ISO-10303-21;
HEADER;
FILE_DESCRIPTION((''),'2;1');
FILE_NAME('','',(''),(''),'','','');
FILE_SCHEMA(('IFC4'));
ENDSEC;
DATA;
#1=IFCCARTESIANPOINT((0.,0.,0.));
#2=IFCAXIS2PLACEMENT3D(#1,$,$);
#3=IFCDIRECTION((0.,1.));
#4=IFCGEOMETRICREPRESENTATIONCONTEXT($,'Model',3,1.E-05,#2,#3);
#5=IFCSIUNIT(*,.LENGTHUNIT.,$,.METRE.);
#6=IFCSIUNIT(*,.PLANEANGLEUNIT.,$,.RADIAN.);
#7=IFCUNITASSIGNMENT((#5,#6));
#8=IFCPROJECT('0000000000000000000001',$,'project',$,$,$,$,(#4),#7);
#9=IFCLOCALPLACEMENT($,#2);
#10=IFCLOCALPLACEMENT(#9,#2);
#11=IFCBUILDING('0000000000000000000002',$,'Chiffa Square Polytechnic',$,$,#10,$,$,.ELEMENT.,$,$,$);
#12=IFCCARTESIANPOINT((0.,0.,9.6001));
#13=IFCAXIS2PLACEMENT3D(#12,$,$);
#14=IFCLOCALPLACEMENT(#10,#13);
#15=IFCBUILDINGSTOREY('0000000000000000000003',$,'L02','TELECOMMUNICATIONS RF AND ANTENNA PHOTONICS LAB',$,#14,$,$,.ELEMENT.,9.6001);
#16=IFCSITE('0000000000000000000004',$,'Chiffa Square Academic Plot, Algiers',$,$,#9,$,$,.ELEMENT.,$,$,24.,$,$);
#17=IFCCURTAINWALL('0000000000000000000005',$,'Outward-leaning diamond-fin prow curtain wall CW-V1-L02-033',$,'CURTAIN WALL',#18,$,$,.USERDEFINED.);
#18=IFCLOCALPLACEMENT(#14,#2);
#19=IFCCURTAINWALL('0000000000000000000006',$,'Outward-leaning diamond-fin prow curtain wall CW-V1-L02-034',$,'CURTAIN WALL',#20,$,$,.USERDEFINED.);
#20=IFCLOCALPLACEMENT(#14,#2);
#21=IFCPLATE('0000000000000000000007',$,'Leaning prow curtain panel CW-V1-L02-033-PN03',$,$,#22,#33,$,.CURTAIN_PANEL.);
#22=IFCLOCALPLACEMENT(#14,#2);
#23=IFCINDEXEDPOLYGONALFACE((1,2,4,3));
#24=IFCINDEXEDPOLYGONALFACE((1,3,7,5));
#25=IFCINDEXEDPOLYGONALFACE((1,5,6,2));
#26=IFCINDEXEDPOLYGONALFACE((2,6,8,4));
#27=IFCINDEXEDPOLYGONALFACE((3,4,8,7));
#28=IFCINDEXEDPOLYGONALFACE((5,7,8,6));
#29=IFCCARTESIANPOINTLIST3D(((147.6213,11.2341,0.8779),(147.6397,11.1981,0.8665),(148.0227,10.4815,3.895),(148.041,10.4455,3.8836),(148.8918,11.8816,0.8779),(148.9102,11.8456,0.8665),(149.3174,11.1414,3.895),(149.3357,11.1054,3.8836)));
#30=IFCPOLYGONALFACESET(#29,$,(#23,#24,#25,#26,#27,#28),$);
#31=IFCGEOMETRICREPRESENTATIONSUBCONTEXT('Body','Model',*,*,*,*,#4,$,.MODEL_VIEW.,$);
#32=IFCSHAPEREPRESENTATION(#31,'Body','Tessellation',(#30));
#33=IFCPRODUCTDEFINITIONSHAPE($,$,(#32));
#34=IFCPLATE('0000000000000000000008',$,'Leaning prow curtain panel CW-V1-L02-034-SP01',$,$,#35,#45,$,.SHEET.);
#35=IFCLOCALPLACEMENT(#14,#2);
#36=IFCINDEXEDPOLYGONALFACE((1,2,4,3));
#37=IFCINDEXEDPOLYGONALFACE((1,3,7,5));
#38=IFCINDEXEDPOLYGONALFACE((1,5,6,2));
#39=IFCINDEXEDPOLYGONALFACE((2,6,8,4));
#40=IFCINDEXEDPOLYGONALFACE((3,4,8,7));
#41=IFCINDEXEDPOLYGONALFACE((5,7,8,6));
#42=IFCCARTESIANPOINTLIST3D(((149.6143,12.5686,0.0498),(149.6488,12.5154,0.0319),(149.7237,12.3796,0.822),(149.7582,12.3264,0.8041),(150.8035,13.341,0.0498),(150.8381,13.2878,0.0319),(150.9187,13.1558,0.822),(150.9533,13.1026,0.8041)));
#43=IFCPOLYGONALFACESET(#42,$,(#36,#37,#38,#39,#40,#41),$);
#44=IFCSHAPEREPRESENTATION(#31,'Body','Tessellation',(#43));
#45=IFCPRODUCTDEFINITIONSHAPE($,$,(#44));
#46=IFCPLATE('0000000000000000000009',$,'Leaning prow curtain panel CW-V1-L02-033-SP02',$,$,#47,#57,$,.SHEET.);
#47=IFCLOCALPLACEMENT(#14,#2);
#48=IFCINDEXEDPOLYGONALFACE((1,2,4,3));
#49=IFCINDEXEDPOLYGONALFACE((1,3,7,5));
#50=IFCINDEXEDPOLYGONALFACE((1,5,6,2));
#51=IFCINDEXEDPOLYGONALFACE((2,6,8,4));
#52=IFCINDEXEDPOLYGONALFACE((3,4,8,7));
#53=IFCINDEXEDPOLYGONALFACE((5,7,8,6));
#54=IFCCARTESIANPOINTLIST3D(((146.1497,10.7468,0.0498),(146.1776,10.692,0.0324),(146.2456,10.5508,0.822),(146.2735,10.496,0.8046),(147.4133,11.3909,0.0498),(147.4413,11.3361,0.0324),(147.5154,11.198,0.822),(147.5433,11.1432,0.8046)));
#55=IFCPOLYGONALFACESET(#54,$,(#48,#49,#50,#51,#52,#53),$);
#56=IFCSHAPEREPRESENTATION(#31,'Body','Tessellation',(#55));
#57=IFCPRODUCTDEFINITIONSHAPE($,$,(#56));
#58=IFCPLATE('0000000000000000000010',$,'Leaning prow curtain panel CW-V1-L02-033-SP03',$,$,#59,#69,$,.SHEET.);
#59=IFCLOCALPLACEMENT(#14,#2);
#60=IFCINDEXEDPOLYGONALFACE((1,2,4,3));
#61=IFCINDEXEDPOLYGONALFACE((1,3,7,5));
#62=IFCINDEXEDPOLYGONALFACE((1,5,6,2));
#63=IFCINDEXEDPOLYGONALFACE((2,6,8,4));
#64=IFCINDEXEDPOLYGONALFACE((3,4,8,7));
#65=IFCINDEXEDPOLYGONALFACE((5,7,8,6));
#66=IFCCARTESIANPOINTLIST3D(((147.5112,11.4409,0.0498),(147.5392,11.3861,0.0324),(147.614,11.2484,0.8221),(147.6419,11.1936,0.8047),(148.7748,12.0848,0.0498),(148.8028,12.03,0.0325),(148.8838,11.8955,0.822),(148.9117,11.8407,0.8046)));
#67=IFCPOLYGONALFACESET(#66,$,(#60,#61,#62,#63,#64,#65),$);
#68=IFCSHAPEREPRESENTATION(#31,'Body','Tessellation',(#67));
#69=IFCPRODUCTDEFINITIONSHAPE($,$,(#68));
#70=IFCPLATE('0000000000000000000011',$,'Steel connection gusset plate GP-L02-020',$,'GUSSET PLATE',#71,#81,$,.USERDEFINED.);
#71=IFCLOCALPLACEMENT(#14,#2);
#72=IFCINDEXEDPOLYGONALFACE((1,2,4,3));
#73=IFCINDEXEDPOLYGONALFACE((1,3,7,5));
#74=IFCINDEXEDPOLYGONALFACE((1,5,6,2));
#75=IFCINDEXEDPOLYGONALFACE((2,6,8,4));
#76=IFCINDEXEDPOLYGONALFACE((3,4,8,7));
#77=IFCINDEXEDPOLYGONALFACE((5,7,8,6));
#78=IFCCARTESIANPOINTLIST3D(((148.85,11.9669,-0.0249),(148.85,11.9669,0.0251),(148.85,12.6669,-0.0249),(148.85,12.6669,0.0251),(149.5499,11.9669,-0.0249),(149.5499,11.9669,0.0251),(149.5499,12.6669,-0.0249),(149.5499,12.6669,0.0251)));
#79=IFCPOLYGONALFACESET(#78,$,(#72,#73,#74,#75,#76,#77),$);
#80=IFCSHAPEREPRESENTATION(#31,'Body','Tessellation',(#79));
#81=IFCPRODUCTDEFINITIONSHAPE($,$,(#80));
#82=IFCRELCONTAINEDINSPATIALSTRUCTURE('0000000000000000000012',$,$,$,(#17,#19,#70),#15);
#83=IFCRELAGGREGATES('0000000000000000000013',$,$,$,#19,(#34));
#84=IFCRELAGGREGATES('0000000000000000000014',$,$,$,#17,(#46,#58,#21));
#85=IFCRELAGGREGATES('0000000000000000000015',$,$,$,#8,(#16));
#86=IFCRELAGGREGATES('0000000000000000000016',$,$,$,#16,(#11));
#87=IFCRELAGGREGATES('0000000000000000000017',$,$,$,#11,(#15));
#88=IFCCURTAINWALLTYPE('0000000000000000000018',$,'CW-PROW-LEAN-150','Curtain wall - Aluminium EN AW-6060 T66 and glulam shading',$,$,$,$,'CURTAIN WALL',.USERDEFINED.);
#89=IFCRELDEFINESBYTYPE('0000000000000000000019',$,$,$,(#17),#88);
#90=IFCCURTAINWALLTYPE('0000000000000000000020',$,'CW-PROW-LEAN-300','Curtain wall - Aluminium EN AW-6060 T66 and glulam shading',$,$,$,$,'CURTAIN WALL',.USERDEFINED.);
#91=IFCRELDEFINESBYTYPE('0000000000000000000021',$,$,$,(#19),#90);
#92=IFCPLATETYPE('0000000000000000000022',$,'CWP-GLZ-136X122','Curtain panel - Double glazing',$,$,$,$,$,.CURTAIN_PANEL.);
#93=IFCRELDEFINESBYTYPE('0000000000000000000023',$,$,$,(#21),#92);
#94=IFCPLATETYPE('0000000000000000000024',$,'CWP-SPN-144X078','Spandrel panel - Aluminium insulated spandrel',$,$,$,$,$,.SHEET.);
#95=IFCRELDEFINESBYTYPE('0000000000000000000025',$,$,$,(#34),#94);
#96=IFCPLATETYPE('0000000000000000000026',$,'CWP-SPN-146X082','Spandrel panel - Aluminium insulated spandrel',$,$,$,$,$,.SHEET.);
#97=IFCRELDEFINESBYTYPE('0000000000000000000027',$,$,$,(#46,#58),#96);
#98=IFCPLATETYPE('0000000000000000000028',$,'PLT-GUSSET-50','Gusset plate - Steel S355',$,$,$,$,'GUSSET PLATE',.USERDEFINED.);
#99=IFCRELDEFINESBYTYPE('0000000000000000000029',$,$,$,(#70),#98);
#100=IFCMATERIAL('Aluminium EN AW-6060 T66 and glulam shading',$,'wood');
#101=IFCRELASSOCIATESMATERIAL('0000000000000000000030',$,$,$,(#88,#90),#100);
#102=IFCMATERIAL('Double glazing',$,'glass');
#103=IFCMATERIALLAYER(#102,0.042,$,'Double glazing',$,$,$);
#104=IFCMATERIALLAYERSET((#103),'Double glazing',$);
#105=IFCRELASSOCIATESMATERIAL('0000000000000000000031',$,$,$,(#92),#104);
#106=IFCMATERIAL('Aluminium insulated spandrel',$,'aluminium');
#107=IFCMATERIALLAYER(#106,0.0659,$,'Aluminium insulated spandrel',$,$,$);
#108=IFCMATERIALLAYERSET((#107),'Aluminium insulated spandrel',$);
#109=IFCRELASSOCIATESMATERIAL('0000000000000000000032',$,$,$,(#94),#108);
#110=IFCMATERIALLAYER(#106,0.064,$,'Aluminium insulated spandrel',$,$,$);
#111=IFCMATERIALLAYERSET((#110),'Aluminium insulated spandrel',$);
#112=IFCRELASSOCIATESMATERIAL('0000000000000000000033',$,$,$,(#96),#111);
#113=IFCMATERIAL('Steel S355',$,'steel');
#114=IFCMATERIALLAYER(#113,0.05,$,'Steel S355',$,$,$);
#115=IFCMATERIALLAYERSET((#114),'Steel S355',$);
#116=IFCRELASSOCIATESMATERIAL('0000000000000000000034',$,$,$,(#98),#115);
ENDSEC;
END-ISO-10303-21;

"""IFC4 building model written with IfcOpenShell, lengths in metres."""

from ifc_helpers import new_model, si_unit, direction, frame, origin, origin_2d, place, context, subcontext, project, spatial, polyline, rectangle, outline, extrude, material, layer, layer_set, type_object, element, aggregate, save


model = new_model("IFC4")

# Units and contexts
model_context = context("Model", 3, precision=1e-05, world=origin(), true_north=direction((0.0, 1.0)))
body_context = subcontext(model_context, "Body", "Model", "MODEL_VIEW")
ifc_project = project(units=[si_unit("LENGTHUNIT", "METRE"), si_unit("PLANEANGLEUNIT", "RADIAN")], contexts=[model_context])

# Site, building, storey
site_placement = place(None, origin())
site = spatial("IfcSite", under=ifc_project, at=site_placement, Name="Chiffa Square Academic Plot, Algiers", CompositionType="ELEMENT", RefElevation=24.0)
building_placement = place(site_placement, origin())
building = spatial("IfcBuilding", under=site, at=building_placement, Name="Chiffa Square Polytechnic", CompositionType="ELEMENT")
storey_placement = place(building_placement, frame((0.0, 0.0, 9.6001)))
storey = spatial("IfcBuildingStorey", under=building, at=storey_placement, Name="L02", Description="TELECOMMUNICATIONS RF AND ANTENNA PHOTONICS LAB", CompositionType="ELEMENT", Elevation=9.6001)

# Curtain wall
ifc_material_1 = material(Name="Aluminium EN AW-6060 T66 and glulam shading", Category="wood")
curtain_wall_type_1 = type_object("IfcCurtainWallType", Name="CW-PROW-LEAN-150", Description="Curtain wall - Aluminium EN AW-6060 T66 and glulam shading", ElementType="CURTAIN WALL", PredefinedType="USERDEFINED", material=ifc_material_1)
curtain_wall_1_placement = place(storey_placement, origin())
curtain_wall_1 = element("IfcCurtainWall", 1, at=curtain_wall_1_placement, inside=storey, type_object=curtain_wall_type_1, Name="Outward-leaning diamond-fin prow curtain wall CW-V1-L02-033", ObjectType="CURTAIN WALL", PredefinedType="USERDEFINED")

# Curtain wall
curtain_wall_type_2 = type_object("IfcCurtainWallType", Name="CW-PROW-LEAN-300", Description="Curtain wall - Aluminium EN AW-6060 T66 and glulam shading", ElementType="CURTAIN WALL", PredefinedType="USERDEFINED", material=ifc_material_1)
curtain_wall_2_placement = place(storey_placement, origin())
curtain_wall_2 = element("IfcCurtainWall", 2, at=curtain_wall_2_placement, inside=storey, type_object=curtain_wall_type_2, Name="Outward-leaning diamond-fin prow curtain wall CW-V1-L02-034", ObjectType="CURTAIN WALL", PredefinedType="USERDEFINED")

# Shared definitions
ifc_material_2 = material(Name="Steel S355", Category="steel")

# Plates
ifc_material_3 = material(Name="Double glazing", Category="glass")
ifc_layer_1 = layer(ifc_material_3, 0.042, Name="Double glazing")
ifc_layer_set_1 = layer_set([ifc_layer_1], Name="Double glazing")
plate_type_1 = type_object("IfcPlateType", Name="CWP-GLZ-136X122", Description="Curtain panel - Double glazing", PredefinedType="CURTAIN_PANEL", material=ifc_layer_set_1)
plate_1_placement = place(storey_placement, frame((147.6213, 11.2341, 0.8779), z_axis=(-0.436965, 0.857366, 0.272002), x_axis=(0.890959, 0.454083, 0.000011)))
plate_1 = element("IfcPlate", 3, at=plate_1_placement, type_object=plate_type_1, Name="Leaning prow curtain panel CW-V1-L02-033-PN03", PredefinedType="CURTAIN_PANEL", context=body_context, shape_type="SweptSolid", body=[
    extrude(outline(polyline([(0.0, 0.0), (1.426, 0.0), (1.469, -3.1353), (0.0159, -3.1353), (0.0, 0.0)])), origin(), (0.0, 0.0, -1.0), 0.042),
])
ifc_material_4 = material(Name="Aluminium insulated spandrel", Category="aluminium")
ifc_layer_2 = layer(ifc_material_4, 0.0659, Name="Aluminium insulated spandrel")
ifc_layer_set_2 = layer_set([ifc_layer_2], Name="Aluminium insulated spandrel")
plate_type_2 = type_object("IfcPlateType", Name="CWP-SPN-144X078", Description="Spandrel panel - Aluminium insulated spandrel", PredefinedType="SHEET", material=ifc_layer_set_2)
plate_2_placement = place(storey_placement, frame((149.6143, 12.5686, 0.0498), z_axis=(-0.524185, 0.807062, 0.271811), x_axis=(0.838634, 0.544695, -0.000011)))
plate_2 = element("IfcPlate", 4, at=plate_2_placement, type_object=plate_type_2, Name="Leaning prow curtain panel CW-V1-L02-034-SP01", PredefinedType="SHEET", context=body_context, shape_type="SweptSolid", body=[
    extrude(outline(polyline([(0.0, 0.0), (1.4181, 0.0), (1.4138, -0.8024), (-0.0112, -0.8024), (0.0, 0.0)])), origin(), (0.0, 0.0, -1.0), 0.0659),
])
aggregate(curtain_wall_2, [plate_2])
ifc_layer_3 = layer(ifc_material_4, 0.064, Name="Aluminium insulated spandrel")
ifc_layer_set_3 = layer_set([ifc_layer_3], Name="Aluminium insulated spandrel")
plate_type_3 = type_object("IfcPlateType", Name="CWP-SPN-146X082", Description="Spandrel panel - Aluminium insulated spandrel", PredefinedType="SHEET", material=ifc_layer_set_3)
plate_3_placement = place(storey_placement, frame((146.1497, 10.7468, 0.0498), z_axis=(-0.436992, 0.857377, 0.271926), x_axis=(0.89095, 0.454102, 0.000005)))
plate_3 = element("IfcPlate", 5, at=plate_3_placement, type_object=plate_type_3, Name="Leaning prow curtain panel CW-V1-L02-033-SP02", PredefinedType="SHEET", context=body_context, shape_type="SweptSolid", body=[
    extrude(outline(polyline([(0.0, 0.0), (1.4183, 0.0), (1.4217, -0.8024), (-0.0035, -0.8025), (0.0, 0.0)])), origin(), (0.0, 0.0, -1.0), 0.064),
])
plate_4_placement = place(storey_placement, frame((147.5112, 11.4409, 0.0498), z_axis=(-0.436934, 0.857425, 0.271867), x_axis=(0.890987, 0.454029, 0.000025)))
plate_4 = element("IfcPlate", 6, at=plate_4_placement, type_object=plate_type_3, Name="Leaning prow curtain panel CW-V1-L02-033-SP03", PredefinedType="SHEET", context=body_context, shape_type="SweptSolid", body=[
    extrude(outline(polyline([(0.0, 0.0), (1.4182, 0.0), (1.4293, -0.8024), (0.0041, -0.8025), (0.0, 0.0)])), origin(), (0.0, 0.0, -1.0), 0.064),
])
aggregate(curtain_wall_1, [plate_3, plate_4, plate_1])
ifc_layer_4 = layer(ifc_material_2, 0.05, Name="Steel S355")
ifc_layer_set_4 = layer_set([ifc_layer_4], Name="Steel S355")
plate_type_4 = type_object("IfcPlateType", Name="PLT-GUSSET-50", Description="Gusset plate - Steel S355", ElementType="GUSSET PLATE", PredefinedType="USERDEFINED", material=ifc_layer_set_4)
plate_5_placement = place(storey_placement, frame((149.2, 12.3169, -0.0249), z_axis=(0.0, 0.0, 1.0), x_axis=(1.0, 0.0, 0.0)))
element("IfcPlate", 7, at=plate_5_placement, inside=storey, type_object=plate_type_4, Name="Steel connection gusset plate GP-L02-020", ObjectType="GUSSET PLATE", PredefinedType="USERDEFINED", context=body_context, shape_type="SweptSolid", body=[
    extrude(rectangle(XDim=0.7, YDim=0.7, at=origin_2d()), origin(), (0.0, 0.0, 1.0), 0.05),
])

save(model, "model.ifc")
